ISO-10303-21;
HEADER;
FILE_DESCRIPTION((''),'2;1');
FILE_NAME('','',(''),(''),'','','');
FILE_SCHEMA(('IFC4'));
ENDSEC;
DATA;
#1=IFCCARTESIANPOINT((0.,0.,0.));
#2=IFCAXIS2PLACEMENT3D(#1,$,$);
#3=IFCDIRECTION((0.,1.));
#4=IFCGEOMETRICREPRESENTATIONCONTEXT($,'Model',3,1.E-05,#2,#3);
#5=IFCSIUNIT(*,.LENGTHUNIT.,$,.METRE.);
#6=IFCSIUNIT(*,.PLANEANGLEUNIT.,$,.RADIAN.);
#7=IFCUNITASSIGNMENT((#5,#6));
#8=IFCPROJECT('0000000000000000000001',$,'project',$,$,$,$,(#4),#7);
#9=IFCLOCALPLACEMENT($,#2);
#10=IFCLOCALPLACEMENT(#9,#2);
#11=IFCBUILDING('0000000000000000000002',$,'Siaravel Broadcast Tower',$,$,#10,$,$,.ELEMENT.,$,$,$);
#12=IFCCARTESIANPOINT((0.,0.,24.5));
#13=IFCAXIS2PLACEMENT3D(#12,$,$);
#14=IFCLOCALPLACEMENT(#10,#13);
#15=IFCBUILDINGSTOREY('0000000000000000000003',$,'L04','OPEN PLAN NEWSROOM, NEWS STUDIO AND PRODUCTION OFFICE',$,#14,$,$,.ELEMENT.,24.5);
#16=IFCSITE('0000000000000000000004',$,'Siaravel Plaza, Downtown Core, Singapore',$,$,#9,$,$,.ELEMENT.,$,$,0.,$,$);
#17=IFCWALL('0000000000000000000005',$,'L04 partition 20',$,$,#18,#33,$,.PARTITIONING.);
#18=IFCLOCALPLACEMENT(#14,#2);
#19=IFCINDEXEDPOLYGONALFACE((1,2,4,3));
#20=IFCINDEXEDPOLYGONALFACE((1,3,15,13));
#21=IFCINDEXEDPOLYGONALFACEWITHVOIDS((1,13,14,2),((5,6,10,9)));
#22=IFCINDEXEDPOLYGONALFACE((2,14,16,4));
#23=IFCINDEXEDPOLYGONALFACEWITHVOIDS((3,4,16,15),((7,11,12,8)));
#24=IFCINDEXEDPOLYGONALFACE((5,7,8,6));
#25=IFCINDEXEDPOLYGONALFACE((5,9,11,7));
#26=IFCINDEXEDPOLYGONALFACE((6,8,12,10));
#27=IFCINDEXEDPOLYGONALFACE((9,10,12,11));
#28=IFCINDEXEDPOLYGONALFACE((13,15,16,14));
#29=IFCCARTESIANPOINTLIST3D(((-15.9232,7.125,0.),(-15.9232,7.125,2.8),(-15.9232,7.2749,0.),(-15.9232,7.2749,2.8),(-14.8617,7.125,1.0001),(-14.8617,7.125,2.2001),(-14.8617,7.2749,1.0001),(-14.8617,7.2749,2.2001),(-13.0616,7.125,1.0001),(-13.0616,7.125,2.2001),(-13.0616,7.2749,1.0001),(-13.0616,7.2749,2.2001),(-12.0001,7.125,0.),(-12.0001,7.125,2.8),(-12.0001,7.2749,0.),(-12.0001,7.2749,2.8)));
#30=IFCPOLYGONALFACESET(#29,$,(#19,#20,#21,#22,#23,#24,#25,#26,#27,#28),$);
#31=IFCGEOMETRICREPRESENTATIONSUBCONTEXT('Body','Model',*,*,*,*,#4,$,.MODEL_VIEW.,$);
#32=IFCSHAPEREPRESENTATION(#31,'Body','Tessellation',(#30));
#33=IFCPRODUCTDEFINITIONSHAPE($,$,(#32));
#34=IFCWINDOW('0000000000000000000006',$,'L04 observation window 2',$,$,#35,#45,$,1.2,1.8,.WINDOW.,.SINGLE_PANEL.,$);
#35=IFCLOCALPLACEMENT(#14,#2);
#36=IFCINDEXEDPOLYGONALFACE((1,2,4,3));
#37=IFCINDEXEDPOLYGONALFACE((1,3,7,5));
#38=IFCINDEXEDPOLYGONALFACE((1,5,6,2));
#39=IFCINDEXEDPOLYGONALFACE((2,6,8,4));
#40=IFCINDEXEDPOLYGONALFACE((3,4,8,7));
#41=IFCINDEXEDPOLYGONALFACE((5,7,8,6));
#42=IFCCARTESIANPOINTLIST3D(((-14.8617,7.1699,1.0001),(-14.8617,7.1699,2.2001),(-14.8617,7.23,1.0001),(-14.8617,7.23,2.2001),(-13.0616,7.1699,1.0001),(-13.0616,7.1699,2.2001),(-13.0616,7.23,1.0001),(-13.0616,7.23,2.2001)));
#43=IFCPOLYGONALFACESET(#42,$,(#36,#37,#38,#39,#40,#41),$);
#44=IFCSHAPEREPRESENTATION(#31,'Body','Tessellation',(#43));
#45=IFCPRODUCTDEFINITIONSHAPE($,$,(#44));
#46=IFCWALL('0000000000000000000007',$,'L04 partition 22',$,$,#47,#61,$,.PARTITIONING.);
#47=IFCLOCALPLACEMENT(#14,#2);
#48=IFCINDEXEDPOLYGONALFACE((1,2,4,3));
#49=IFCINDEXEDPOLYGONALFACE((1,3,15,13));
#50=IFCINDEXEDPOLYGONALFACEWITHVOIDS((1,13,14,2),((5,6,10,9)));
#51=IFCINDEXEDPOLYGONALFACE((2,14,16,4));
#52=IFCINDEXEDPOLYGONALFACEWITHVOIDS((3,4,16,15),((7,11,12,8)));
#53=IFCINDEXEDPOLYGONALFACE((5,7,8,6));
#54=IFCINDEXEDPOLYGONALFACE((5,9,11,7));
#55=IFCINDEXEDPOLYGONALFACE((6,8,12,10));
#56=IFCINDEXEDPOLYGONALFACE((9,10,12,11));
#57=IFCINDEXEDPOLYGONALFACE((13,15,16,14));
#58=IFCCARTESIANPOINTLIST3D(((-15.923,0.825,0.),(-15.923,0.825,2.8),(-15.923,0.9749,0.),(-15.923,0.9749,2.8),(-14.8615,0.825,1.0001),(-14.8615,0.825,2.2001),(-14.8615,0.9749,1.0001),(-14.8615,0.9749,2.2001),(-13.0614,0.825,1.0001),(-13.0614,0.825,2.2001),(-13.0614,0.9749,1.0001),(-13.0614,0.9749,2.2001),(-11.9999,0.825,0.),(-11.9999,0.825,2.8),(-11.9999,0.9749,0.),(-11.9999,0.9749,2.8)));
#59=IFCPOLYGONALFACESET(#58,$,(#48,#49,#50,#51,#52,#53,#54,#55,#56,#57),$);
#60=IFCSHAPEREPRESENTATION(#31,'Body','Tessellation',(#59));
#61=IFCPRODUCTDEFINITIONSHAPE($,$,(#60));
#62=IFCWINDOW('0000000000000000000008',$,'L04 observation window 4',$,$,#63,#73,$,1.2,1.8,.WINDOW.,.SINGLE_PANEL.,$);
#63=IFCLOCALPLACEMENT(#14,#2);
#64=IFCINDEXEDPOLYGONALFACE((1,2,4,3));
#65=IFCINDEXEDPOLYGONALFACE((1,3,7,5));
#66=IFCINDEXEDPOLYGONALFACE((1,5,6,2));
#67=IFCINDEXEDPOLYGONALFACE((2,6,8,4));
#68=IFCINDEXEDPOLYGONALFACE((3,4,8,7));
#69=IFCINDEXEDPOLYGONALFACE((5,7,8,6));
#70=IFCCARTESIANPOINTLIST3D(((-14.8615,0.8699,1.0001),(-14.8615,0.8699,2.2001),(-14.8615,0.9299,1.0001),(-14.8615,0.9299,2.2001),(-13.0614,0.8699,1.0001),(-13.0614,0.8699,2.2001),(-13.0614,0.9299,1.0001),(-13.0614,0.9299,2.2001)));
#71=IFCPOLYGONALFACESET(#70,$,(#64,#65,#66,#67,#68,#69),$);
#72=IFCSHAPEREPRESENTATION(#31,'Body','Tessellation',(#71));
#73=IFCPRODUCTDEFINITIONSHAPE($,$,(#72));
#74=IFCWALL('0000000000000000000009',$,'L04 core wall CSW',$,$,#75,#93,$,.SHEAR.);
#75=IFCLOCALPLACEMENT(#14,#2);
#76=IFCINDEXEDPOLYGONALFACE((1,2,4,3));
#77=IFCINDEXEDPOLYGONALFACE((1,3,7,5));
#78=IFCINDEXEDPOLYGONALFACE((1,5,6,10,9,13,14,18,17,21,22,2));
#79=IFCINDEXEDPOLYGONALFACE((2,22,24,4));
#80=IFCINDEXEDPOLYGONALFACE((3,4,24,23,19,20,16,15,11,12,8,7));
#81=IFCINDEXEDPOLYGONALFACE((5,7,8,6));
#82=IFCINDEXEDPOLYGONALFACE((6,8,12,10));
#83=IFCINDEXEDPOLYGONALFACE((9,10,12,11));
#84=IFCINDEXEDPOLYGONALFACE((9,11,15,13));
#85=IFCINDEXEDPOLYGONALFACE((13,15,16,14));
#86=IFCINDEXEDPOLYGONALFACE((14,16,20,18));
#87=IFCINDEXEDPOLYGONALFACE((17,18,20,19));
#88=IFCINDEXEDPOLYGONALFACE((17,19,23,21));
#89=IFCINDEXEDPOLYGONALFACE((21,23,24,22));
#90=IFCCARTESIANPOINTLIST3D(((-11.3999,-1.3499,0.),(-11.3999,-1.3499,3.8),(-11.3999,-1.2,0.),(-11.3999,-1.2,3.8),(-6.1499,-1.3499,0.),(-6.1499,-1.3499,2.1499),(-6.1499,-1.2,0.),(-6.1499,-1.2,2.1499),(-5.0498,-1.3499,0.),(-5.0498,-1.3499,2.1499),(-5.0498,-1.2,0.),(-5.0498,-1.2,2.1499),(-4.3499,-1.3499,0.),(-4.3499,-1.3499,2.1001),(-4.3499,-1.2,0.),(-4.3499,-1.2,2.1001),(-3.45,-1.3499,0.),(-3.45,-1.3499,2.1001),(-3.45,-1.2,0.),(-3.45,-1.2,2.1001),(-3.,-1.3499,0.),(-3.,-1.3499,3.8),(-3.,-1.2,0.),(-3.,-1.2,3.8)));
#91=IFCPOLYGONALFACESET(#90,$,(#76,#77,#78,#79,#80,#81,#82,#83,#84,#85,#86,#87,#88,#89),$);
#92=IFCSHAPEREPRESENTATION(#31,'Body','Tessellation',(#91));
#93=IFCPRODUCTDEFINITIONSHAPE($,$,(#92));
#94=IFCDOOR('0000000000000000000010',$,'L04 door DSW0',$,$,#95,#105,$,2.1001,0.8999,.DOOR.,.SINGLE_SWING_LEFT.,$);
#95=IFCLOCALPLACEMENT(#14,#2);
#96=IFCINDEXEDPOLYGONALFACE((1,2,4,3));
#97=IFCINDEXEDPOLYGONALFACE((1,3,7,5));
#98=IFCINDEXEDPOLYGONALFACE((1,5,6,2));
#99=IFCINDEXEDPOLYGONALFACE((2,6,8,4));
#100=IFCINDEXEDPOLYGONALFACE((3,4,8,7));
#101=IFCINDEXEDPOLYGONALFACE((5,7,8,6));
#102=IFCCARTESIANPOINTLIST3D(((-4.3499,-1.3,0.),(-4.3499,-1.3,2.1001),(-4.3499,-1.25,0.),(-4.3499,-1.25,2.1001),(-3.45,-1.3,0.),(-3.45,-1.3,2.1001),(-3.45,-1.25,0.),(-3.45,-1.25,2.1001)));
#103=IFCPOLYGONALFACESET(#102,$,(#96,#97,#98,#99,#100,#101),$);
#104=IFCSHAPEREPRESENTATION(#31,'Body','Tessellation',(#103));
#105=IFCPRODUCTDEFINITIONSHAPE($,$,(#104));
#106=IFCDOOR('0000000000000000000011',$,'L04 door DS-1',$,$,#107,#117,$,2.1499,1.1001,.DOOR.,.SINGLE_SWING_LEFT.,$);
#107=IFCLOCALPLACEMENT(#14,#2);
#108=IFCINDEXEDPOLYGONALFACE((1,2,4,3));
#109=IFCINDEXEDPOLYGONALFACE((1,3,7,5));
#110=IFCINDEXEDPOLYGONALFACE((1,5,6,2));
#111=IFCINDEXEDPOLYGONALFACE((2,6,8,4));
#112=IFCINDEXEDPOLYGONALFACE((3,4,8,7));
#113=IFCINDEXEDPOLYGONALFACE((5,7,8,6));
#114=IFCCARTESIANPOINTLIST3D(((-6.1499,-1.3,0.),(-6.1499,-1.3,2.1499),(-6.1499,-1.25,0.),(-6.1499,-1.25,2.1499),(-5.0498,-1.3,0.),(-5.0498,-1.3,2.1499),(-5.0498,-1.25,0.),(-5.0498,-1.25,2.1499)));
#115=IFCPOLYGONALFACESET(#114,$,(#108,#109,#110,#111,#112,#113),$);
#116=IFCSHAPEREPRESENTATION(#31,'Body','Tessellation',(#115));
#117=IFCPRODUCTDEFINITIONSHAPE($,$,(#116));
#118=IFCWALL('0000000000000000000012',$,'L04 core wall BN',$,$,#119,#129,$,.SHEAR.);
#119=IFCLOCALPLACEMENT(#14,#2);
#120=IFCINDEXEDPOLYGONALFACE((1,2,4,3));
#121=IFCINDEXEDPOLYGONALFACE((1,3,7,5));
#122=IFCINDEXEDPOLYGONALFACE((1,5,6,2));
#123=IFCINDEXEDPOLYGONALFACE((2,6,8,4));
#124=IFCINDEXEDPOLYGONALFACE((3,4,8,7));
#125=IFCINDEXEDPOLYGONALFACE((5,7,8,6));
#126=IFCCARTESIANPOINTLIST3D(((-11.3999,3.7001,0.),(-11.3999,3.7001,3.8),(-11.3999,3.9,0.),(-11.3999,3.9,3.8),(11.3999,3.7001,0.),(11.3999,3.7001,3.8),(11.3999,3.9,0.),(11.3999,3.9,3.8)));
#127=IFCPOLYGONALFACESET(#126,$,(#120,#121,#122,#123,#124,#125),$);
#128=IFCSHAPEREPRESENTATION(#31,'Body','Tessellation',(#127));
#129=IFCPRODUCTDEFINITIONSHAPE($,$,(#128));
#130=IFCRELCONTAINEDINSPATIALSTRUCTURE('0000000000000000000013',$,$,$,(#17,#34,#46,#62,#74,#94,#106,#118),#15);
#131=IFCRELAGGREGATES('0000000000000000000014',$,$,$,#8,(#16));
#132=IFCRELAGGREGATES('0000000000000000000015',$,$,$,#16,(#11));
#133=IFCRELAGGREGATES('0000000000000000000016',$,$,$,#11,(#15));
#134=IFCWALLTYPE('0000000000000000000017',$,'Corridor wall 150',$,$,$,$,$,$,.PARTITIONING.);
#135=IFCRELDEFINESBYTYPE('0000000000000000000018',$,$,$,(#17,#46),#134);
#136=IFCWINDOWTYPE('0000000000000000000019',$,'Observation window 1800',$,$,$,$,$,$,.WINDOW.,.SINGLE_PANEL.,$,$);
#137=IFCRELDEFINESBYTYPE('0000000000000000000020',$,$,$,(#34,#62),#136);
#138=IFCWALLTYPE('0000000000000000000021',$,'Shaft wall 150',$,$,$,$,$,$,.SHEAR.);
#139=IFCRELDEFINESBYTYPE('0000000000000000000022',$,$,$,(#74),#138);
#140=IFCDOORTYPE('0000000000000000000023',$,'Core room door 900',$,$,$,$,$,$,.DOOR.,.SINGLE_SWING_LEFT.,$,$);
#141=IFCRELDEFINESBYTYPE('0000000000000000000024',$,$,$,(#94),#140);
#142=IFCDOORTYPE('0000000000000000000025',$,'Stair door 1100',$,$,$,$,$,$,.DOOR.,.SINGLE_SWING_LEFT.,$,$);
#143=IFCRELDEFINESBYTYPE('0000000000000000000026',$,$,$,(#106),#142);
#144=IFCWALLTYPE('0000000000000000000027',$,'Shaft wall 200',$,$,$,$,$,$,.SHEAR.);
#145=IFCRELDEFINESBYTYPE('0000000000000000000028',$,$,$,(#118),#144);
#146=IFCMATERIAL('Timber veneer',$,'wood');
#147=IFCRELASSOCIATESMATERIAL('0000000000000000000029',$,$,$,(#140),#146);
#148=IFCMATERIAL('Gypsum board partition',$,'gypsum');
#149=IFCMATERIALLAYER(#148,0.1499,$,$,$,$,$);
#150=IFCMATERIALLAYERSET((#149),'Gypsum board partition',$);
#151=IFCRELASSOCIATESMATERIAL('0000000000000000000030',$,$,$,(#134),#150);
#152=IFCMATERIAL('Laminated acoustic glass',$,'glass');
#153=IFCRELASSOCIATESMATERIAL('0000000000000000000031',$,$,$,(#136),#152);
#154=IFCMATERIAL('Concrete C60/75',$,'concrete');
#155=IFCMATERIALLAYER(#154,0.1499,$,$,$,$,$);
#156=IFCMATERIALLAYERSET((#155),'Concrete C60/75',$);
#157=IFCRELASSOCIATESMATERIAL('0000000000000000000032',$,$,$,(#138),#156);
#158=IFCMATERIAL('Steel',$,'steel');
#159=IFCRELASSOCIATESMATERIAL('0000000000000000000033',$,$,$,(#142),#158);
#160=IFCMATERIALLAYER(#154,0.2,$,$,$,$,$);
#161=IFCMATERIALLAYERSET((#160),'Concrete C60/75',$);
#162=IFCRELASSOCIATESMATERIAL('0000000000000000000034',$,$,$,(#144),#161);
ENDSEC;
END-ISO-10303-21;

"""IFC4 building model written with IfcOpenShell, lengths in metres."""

from ifc_helpers import new_model, si_unit, direction, frame, frame_2d, origin, place, context, subcontext, project, spatial, rectangle, extrude, material, layer, layer_set, type_object, element, fill, save


model = new_model("IFC4")

# Units and contexts
model_context = context("Model", 3, precision=1e-05, world=origin(), true_north=direction((0.0, 1.0)))
body_context = subcontext(model_context, "Body", "Model", "MODEL_VIEW")
ifc_project = project(units=[si_unit("LENGTHUNIT", "METRE"), si_unit("PLANEANGLEUNIT", "RADIAN")], contexts=[model_context])

# Site, building, storey
site_placement = place(None, origin())
site = spatial("IfcSite", under=ifc_project, at=site_placement, Name="Siaravel Plaza, Downtown Core, Singapore", CompositionType="ELEMENT", RefElevation=0.0)
building_placement = place(site_placement, origin())
building = spatial("IfcBuilding", under=site, at=building_placement, Name="Siaravel Broadcast Tower", CompositionType="ELEMENT")
storey_placement = place(building_placement, frame((0.0, 0.0, 24.5)))
storey = spatial("IfcBuildingStorey", under=building, at=storey_placement, Name="L04", Description="OPEN PLAN NEWSROOM, NEWS STUDIO AND PRODUCTION OFFICE", CompositionType="ELEMENT", Elevation=24.5)

# Shared definitions
ifc_material_1 = material(Name="Concrete C60/75", Category="concrete")
ifc_material_2 = material(Name="Timber veneer", Category="wood")
door_type_1 = type_object("IfcDoorType", Name="Core room door 900", OperationType="SINGLE_SWING_LEFT", PredefinedType="DOOR", material=ifc_material_2)
ifc_material_3 = material(Name="Steel", Category="steel")
ifc_material_4 = material(Name="Gypsum board partition", Category="gypsum")
ifc_layer_1 = layer(ifc_material_4, 0.1499)
ifc_layer_set_1 = layer_set([ifc_layer_1], Name="Gypsum board partition")
wall_type_1 = type_object("IfcWallType", Name="Corridor wall 150", PredefinedType="PARTITIONING", material=ifc_layer_set_1)

# Walls, openings, windows
ifc_material_5 = material(Name="Laminated acoustic glass", Category="glass")
window_type = type_object("IfcWindowType", Name="Observation window 1800", PartitioningType="SINGLE_PANEL", PredefinedType="WINDOW", material=ifc_material_5)
wall_1_placement = place(storey_placement, frame((-15.9231, 7.2, 0.0), z_axis=(0.0, 0.0, 1.0), x_axis=(1.0, 0.0, 0.0)))
wall_1 = element("IfcWall", 1, at=wall_1_placement, inside=storey, type_object=wall_type_1, Name="L04 partition 20", PredefinedType="PARTITIONING", context=body_context, shape_type="SweptSolid", body=[
    extrude(rectangle(XDim=3.9231, YDim=0.1499, at=frame_2d((1.9614, 0.0))), origin(), (0.0, 0.0, 1.0), 2.8),
])
opening_1_placement = place(wall_1_placement, frame((1.0615, 0.0, 1.0)))
opening_1 = element("IfcOpeningElement", 2, at=opening_1_placement, cuts=wall_1, PredefinedType="OPENING", context=body_context, shape_type="SweptSolid", body=[
    extrude(rectangle(XDim=1.8, YDim=1.2, at=frame_2d((0.8999, 0.6001))), frame((0.0, 0.085, 0.0), z_axis=(0.0, -1.0, 0.0), x_axis=(1.0, 0.0, 0.0)), (0.0, 0.0, 1.0), 0.1699),
])
window_1_placement = place(opening_1_placement, origin())
window_1 = element("IfcWindow", 3, at=window_1_placement, inside=storey, type_object=window_type, Name="L04 observation window 2", OverallHeight=1.2, OverallWidth=1.8, PartitioningType="SINGLE_PANEL", PredefinedType="WINDOW", context=body_context, shape_type="SweptSolid", body=[
    extrude(rectangle(XDim=1.8, YDim=1.2, at=frame_2d((0.8999, 0.6001))), frame((0.0, 0.03, 0.0), z_axis=(0.0, -1.0, 0.0), x_axis=(1.0, 0.0, 0.0)), (0.0, 0.0, 1.0), 0.0601),
])
fill(opening_1, window_1)
wall_2_placement = place(storey_placement, frame((-12.0, 0.8999, 0.0), z_axis=(0.0, 0.0, 1.0), x_axis=(-1.0, 0.0, 0.0)))
wall_2 = element("IfcWall", 4, at=wall_2_placement, inside=storey, type_object=wall_type_1, Name="L04 partition 22", PredefinedType="PARTITIONING", context=body_context, shape_type="SweptSolid", body=[
    extrude(rectangle(XDim=3.9231, YDim=0.1499, at=frame_2d((1.9614, 0.0))), origin(), (0.0, 0.0, 1.0), 2.8),
])
opening_2_placement = place(wall_2_placement, frame((1.0615, 0.0, 1.0)))
opening_2 = element("IfcOpeningElement", 5, at=opening_2_placement, cuts=wall_2, PredefinedType="OPENING", context=body_context, shape_type="SweptSolid", body=[
    extrude(rectangle(XDim=1.8, YDim=1.2, at=frame_2d((0.8999, 0.6001))), frame((0.0, 0.085, 0.0), z_axis=(0.0, -1.0, 0.0), x_axis=(1.0, 0.0, 0.0)), (0.0, 0.0, 1.0), 0.1699),
])
window_2_placement = place(opening_2_placement, origin())
window_2 = element("IfcWindow", 6, at=window_2_placement, inside=storey, type_object=window_type, Name="L04 observation window 4", OverallHeight=1.2, OverallWidth=1.8, PartitioningType="SINGLE_PANEL", PredefinedType="WINDOW", context=body_context, shape_type="SweptSolid", body=[
    extrude(rectangle(XDim=1.8, YDim=1.2, at=frame_2d((0.8999, 0.6001))), frame((0.0, 0.03, 0.0), z_axis=(0.0, -1.0, 0.0), x_axis=(1.0, 0.0, 0.0)), (0.0, 0.0, 1.0), 0.0601),
])
fill(opening_2, window_2)

# Wall, openings, doors
ifc_layer_2 = layer(ifc_material_1, 0.1499)
ifc_layer_set_2 = layer_set([ifc_layer_2], Name="Concrete C60/75")
wall_type_2 = type_object("IfcWallType", Name="Shaft wall 150", PredefinedType="SHEAR", material=ifc_layer_set_2)
wall_3_placement = place(storey_placement, frame((-11.3999, -1.2749, 0.0), z_axis=(0.0, 0.0, 1.0), x_axis=(1.0, 0.0, 0.0)))
wall_3 = element("IfcWall", 7, at=wall_3_placement, inside=storey, type_object=wall_type_2, Name="L04 core wall CSW", PredefinedType="SHEAR", context=body_context, shape_type="SweptSolid", body=[
    extrude(rectangle(XDim=8.3999, YDim=0.1499, at=frame_2d((4.2, 0.0))), origin(), (0.0, 0.0, 1.0), 3.8),
])
opening_3_placement = place(wall_3_placement, frame((5.25, 0.0, 0.0)))
opening_3 = element("IfcOpeningElement", 8, at=opening_3_placement, cuts=wall_3, PredefinedType="OPENING", context=body_context, shape_type="SweptSolid", body=[
    extrude(rectangle(XDim=1.1001, YDim=2.1499, at=frame_2d((0.55, 1.075))), frame((0.0, 0.085, 0.0), z_axis=(0.0, -1.0, 0.0), x_axis=(1.0, 0.0, 0.0)), (0.0, 0.0, 1.0), 0.1699),
])
opening_4_placement = place(wall_3_placement, frame((7.05, 0.0, 0.0)))
opening_4 = element("IfcOpeningElement", 9, at=opening_4_placement, cuts=wall_3, PredefinedType="OPENING", context=body_context, shape_type="SweptSolid", body=[
    extrude(rectangle(XDim=0.8999, YDim=2.1001, at=frame_2d((0.45, 1.05))), frame((0.0, 0.085, 0.0), z_axis=(0.0, -1.0, 0.0), x_axis=(1.0, 0.0, 0.0)), (0.0, 0.0, 1.0), 0.1699),
])
door_1_placement = place(opening_4_placement, origin())
door_1 = element("IfcDoor", 10, at=door_1_placement, inside=storey, type_object=door_type_1, Name="L04 door DSW0", OperationType="SINGLE_SWING_LEFT", OverallHeight=2.1001, OverallWidth=0.8999, PredefinedType="DOOR", context=body_context, shape_type="SweptSolid", body=[
    extrude(rectangle(XDim=0.8999, YDim=2.1001, at=frame_2d((0.45, 1.05))), frame((0.0, 0.0249, 0.0), z_axis=(0.0, -1.0, 0.0), x_axis=(1.0, 0.0, 0.0)), (0.0, 0.0, 1.0), 0.05),
])
fill(opening_4, door_1)
door_type_2 = type_object("IfcDoorType", Name="Stair door 1100", OperationType="SINGLE_SWING_LEFT", PredefinedType="DOOR", material=ifc_material_3)
door_2_placement = place(opening_3_placement, origin())
door_2 = element("IfcDoor", 11, at=door_2_placement, inside=storey, type_object=door_type_2, Name="L04 door DS-1", OperationType="SINGLE_SWING_LEFT", OverallHeight=2.1499, OverallWidth=1.1001, PredefinedType="DOOR", context=body_context, shape_type="SweptSolid", body=[
    extrude(rectangle(XDim=1.1001, YDim=2.1499, at=frame_2d((0.55, 1.075))), frame((0.0, 0.0249, 0.0), z_axis=(0.0, -1.0, 0.0), x_axis=(1.0, 0.0, 0.0)), (0.0, 0.0, 1.0), 0.05),
])
fill(opening_3, door_2)

# Wall
ifc_layer_3 = layer(ifc_material_1, 0.2)
ifc_layer_set_3 = layer_set([ifc_layer_3], Name="Concrete C60/75")
wall_type_3 = type_object("IfcWallType", Name="Shaft wall 200", PredefinedType="SHEAR", material=ifc_layer_set_3)
wall_4_placement = place(storey_placement, frame((-11.3999, 3.8, 0.0), z_axis=(0.0, 0.0, 1.0), x_axis=(1.0, 0.0, 0.0)))
element("IfcWall", 12, at=wall_4_placement, inside=storey, type_object=wall_type_3, Name="L04 core wall BN", PredefinedType="SHEAR", context=body_context, shape_type="SweptSolid", body=[
    extrude(rectangle(XDim=22.7998, YDim=0.2, at=frame_2d((11.3999, 0.0))), origin(), (0.0, 0.0, 1.0), 3.8),
])

save(model, "model.ifc")
